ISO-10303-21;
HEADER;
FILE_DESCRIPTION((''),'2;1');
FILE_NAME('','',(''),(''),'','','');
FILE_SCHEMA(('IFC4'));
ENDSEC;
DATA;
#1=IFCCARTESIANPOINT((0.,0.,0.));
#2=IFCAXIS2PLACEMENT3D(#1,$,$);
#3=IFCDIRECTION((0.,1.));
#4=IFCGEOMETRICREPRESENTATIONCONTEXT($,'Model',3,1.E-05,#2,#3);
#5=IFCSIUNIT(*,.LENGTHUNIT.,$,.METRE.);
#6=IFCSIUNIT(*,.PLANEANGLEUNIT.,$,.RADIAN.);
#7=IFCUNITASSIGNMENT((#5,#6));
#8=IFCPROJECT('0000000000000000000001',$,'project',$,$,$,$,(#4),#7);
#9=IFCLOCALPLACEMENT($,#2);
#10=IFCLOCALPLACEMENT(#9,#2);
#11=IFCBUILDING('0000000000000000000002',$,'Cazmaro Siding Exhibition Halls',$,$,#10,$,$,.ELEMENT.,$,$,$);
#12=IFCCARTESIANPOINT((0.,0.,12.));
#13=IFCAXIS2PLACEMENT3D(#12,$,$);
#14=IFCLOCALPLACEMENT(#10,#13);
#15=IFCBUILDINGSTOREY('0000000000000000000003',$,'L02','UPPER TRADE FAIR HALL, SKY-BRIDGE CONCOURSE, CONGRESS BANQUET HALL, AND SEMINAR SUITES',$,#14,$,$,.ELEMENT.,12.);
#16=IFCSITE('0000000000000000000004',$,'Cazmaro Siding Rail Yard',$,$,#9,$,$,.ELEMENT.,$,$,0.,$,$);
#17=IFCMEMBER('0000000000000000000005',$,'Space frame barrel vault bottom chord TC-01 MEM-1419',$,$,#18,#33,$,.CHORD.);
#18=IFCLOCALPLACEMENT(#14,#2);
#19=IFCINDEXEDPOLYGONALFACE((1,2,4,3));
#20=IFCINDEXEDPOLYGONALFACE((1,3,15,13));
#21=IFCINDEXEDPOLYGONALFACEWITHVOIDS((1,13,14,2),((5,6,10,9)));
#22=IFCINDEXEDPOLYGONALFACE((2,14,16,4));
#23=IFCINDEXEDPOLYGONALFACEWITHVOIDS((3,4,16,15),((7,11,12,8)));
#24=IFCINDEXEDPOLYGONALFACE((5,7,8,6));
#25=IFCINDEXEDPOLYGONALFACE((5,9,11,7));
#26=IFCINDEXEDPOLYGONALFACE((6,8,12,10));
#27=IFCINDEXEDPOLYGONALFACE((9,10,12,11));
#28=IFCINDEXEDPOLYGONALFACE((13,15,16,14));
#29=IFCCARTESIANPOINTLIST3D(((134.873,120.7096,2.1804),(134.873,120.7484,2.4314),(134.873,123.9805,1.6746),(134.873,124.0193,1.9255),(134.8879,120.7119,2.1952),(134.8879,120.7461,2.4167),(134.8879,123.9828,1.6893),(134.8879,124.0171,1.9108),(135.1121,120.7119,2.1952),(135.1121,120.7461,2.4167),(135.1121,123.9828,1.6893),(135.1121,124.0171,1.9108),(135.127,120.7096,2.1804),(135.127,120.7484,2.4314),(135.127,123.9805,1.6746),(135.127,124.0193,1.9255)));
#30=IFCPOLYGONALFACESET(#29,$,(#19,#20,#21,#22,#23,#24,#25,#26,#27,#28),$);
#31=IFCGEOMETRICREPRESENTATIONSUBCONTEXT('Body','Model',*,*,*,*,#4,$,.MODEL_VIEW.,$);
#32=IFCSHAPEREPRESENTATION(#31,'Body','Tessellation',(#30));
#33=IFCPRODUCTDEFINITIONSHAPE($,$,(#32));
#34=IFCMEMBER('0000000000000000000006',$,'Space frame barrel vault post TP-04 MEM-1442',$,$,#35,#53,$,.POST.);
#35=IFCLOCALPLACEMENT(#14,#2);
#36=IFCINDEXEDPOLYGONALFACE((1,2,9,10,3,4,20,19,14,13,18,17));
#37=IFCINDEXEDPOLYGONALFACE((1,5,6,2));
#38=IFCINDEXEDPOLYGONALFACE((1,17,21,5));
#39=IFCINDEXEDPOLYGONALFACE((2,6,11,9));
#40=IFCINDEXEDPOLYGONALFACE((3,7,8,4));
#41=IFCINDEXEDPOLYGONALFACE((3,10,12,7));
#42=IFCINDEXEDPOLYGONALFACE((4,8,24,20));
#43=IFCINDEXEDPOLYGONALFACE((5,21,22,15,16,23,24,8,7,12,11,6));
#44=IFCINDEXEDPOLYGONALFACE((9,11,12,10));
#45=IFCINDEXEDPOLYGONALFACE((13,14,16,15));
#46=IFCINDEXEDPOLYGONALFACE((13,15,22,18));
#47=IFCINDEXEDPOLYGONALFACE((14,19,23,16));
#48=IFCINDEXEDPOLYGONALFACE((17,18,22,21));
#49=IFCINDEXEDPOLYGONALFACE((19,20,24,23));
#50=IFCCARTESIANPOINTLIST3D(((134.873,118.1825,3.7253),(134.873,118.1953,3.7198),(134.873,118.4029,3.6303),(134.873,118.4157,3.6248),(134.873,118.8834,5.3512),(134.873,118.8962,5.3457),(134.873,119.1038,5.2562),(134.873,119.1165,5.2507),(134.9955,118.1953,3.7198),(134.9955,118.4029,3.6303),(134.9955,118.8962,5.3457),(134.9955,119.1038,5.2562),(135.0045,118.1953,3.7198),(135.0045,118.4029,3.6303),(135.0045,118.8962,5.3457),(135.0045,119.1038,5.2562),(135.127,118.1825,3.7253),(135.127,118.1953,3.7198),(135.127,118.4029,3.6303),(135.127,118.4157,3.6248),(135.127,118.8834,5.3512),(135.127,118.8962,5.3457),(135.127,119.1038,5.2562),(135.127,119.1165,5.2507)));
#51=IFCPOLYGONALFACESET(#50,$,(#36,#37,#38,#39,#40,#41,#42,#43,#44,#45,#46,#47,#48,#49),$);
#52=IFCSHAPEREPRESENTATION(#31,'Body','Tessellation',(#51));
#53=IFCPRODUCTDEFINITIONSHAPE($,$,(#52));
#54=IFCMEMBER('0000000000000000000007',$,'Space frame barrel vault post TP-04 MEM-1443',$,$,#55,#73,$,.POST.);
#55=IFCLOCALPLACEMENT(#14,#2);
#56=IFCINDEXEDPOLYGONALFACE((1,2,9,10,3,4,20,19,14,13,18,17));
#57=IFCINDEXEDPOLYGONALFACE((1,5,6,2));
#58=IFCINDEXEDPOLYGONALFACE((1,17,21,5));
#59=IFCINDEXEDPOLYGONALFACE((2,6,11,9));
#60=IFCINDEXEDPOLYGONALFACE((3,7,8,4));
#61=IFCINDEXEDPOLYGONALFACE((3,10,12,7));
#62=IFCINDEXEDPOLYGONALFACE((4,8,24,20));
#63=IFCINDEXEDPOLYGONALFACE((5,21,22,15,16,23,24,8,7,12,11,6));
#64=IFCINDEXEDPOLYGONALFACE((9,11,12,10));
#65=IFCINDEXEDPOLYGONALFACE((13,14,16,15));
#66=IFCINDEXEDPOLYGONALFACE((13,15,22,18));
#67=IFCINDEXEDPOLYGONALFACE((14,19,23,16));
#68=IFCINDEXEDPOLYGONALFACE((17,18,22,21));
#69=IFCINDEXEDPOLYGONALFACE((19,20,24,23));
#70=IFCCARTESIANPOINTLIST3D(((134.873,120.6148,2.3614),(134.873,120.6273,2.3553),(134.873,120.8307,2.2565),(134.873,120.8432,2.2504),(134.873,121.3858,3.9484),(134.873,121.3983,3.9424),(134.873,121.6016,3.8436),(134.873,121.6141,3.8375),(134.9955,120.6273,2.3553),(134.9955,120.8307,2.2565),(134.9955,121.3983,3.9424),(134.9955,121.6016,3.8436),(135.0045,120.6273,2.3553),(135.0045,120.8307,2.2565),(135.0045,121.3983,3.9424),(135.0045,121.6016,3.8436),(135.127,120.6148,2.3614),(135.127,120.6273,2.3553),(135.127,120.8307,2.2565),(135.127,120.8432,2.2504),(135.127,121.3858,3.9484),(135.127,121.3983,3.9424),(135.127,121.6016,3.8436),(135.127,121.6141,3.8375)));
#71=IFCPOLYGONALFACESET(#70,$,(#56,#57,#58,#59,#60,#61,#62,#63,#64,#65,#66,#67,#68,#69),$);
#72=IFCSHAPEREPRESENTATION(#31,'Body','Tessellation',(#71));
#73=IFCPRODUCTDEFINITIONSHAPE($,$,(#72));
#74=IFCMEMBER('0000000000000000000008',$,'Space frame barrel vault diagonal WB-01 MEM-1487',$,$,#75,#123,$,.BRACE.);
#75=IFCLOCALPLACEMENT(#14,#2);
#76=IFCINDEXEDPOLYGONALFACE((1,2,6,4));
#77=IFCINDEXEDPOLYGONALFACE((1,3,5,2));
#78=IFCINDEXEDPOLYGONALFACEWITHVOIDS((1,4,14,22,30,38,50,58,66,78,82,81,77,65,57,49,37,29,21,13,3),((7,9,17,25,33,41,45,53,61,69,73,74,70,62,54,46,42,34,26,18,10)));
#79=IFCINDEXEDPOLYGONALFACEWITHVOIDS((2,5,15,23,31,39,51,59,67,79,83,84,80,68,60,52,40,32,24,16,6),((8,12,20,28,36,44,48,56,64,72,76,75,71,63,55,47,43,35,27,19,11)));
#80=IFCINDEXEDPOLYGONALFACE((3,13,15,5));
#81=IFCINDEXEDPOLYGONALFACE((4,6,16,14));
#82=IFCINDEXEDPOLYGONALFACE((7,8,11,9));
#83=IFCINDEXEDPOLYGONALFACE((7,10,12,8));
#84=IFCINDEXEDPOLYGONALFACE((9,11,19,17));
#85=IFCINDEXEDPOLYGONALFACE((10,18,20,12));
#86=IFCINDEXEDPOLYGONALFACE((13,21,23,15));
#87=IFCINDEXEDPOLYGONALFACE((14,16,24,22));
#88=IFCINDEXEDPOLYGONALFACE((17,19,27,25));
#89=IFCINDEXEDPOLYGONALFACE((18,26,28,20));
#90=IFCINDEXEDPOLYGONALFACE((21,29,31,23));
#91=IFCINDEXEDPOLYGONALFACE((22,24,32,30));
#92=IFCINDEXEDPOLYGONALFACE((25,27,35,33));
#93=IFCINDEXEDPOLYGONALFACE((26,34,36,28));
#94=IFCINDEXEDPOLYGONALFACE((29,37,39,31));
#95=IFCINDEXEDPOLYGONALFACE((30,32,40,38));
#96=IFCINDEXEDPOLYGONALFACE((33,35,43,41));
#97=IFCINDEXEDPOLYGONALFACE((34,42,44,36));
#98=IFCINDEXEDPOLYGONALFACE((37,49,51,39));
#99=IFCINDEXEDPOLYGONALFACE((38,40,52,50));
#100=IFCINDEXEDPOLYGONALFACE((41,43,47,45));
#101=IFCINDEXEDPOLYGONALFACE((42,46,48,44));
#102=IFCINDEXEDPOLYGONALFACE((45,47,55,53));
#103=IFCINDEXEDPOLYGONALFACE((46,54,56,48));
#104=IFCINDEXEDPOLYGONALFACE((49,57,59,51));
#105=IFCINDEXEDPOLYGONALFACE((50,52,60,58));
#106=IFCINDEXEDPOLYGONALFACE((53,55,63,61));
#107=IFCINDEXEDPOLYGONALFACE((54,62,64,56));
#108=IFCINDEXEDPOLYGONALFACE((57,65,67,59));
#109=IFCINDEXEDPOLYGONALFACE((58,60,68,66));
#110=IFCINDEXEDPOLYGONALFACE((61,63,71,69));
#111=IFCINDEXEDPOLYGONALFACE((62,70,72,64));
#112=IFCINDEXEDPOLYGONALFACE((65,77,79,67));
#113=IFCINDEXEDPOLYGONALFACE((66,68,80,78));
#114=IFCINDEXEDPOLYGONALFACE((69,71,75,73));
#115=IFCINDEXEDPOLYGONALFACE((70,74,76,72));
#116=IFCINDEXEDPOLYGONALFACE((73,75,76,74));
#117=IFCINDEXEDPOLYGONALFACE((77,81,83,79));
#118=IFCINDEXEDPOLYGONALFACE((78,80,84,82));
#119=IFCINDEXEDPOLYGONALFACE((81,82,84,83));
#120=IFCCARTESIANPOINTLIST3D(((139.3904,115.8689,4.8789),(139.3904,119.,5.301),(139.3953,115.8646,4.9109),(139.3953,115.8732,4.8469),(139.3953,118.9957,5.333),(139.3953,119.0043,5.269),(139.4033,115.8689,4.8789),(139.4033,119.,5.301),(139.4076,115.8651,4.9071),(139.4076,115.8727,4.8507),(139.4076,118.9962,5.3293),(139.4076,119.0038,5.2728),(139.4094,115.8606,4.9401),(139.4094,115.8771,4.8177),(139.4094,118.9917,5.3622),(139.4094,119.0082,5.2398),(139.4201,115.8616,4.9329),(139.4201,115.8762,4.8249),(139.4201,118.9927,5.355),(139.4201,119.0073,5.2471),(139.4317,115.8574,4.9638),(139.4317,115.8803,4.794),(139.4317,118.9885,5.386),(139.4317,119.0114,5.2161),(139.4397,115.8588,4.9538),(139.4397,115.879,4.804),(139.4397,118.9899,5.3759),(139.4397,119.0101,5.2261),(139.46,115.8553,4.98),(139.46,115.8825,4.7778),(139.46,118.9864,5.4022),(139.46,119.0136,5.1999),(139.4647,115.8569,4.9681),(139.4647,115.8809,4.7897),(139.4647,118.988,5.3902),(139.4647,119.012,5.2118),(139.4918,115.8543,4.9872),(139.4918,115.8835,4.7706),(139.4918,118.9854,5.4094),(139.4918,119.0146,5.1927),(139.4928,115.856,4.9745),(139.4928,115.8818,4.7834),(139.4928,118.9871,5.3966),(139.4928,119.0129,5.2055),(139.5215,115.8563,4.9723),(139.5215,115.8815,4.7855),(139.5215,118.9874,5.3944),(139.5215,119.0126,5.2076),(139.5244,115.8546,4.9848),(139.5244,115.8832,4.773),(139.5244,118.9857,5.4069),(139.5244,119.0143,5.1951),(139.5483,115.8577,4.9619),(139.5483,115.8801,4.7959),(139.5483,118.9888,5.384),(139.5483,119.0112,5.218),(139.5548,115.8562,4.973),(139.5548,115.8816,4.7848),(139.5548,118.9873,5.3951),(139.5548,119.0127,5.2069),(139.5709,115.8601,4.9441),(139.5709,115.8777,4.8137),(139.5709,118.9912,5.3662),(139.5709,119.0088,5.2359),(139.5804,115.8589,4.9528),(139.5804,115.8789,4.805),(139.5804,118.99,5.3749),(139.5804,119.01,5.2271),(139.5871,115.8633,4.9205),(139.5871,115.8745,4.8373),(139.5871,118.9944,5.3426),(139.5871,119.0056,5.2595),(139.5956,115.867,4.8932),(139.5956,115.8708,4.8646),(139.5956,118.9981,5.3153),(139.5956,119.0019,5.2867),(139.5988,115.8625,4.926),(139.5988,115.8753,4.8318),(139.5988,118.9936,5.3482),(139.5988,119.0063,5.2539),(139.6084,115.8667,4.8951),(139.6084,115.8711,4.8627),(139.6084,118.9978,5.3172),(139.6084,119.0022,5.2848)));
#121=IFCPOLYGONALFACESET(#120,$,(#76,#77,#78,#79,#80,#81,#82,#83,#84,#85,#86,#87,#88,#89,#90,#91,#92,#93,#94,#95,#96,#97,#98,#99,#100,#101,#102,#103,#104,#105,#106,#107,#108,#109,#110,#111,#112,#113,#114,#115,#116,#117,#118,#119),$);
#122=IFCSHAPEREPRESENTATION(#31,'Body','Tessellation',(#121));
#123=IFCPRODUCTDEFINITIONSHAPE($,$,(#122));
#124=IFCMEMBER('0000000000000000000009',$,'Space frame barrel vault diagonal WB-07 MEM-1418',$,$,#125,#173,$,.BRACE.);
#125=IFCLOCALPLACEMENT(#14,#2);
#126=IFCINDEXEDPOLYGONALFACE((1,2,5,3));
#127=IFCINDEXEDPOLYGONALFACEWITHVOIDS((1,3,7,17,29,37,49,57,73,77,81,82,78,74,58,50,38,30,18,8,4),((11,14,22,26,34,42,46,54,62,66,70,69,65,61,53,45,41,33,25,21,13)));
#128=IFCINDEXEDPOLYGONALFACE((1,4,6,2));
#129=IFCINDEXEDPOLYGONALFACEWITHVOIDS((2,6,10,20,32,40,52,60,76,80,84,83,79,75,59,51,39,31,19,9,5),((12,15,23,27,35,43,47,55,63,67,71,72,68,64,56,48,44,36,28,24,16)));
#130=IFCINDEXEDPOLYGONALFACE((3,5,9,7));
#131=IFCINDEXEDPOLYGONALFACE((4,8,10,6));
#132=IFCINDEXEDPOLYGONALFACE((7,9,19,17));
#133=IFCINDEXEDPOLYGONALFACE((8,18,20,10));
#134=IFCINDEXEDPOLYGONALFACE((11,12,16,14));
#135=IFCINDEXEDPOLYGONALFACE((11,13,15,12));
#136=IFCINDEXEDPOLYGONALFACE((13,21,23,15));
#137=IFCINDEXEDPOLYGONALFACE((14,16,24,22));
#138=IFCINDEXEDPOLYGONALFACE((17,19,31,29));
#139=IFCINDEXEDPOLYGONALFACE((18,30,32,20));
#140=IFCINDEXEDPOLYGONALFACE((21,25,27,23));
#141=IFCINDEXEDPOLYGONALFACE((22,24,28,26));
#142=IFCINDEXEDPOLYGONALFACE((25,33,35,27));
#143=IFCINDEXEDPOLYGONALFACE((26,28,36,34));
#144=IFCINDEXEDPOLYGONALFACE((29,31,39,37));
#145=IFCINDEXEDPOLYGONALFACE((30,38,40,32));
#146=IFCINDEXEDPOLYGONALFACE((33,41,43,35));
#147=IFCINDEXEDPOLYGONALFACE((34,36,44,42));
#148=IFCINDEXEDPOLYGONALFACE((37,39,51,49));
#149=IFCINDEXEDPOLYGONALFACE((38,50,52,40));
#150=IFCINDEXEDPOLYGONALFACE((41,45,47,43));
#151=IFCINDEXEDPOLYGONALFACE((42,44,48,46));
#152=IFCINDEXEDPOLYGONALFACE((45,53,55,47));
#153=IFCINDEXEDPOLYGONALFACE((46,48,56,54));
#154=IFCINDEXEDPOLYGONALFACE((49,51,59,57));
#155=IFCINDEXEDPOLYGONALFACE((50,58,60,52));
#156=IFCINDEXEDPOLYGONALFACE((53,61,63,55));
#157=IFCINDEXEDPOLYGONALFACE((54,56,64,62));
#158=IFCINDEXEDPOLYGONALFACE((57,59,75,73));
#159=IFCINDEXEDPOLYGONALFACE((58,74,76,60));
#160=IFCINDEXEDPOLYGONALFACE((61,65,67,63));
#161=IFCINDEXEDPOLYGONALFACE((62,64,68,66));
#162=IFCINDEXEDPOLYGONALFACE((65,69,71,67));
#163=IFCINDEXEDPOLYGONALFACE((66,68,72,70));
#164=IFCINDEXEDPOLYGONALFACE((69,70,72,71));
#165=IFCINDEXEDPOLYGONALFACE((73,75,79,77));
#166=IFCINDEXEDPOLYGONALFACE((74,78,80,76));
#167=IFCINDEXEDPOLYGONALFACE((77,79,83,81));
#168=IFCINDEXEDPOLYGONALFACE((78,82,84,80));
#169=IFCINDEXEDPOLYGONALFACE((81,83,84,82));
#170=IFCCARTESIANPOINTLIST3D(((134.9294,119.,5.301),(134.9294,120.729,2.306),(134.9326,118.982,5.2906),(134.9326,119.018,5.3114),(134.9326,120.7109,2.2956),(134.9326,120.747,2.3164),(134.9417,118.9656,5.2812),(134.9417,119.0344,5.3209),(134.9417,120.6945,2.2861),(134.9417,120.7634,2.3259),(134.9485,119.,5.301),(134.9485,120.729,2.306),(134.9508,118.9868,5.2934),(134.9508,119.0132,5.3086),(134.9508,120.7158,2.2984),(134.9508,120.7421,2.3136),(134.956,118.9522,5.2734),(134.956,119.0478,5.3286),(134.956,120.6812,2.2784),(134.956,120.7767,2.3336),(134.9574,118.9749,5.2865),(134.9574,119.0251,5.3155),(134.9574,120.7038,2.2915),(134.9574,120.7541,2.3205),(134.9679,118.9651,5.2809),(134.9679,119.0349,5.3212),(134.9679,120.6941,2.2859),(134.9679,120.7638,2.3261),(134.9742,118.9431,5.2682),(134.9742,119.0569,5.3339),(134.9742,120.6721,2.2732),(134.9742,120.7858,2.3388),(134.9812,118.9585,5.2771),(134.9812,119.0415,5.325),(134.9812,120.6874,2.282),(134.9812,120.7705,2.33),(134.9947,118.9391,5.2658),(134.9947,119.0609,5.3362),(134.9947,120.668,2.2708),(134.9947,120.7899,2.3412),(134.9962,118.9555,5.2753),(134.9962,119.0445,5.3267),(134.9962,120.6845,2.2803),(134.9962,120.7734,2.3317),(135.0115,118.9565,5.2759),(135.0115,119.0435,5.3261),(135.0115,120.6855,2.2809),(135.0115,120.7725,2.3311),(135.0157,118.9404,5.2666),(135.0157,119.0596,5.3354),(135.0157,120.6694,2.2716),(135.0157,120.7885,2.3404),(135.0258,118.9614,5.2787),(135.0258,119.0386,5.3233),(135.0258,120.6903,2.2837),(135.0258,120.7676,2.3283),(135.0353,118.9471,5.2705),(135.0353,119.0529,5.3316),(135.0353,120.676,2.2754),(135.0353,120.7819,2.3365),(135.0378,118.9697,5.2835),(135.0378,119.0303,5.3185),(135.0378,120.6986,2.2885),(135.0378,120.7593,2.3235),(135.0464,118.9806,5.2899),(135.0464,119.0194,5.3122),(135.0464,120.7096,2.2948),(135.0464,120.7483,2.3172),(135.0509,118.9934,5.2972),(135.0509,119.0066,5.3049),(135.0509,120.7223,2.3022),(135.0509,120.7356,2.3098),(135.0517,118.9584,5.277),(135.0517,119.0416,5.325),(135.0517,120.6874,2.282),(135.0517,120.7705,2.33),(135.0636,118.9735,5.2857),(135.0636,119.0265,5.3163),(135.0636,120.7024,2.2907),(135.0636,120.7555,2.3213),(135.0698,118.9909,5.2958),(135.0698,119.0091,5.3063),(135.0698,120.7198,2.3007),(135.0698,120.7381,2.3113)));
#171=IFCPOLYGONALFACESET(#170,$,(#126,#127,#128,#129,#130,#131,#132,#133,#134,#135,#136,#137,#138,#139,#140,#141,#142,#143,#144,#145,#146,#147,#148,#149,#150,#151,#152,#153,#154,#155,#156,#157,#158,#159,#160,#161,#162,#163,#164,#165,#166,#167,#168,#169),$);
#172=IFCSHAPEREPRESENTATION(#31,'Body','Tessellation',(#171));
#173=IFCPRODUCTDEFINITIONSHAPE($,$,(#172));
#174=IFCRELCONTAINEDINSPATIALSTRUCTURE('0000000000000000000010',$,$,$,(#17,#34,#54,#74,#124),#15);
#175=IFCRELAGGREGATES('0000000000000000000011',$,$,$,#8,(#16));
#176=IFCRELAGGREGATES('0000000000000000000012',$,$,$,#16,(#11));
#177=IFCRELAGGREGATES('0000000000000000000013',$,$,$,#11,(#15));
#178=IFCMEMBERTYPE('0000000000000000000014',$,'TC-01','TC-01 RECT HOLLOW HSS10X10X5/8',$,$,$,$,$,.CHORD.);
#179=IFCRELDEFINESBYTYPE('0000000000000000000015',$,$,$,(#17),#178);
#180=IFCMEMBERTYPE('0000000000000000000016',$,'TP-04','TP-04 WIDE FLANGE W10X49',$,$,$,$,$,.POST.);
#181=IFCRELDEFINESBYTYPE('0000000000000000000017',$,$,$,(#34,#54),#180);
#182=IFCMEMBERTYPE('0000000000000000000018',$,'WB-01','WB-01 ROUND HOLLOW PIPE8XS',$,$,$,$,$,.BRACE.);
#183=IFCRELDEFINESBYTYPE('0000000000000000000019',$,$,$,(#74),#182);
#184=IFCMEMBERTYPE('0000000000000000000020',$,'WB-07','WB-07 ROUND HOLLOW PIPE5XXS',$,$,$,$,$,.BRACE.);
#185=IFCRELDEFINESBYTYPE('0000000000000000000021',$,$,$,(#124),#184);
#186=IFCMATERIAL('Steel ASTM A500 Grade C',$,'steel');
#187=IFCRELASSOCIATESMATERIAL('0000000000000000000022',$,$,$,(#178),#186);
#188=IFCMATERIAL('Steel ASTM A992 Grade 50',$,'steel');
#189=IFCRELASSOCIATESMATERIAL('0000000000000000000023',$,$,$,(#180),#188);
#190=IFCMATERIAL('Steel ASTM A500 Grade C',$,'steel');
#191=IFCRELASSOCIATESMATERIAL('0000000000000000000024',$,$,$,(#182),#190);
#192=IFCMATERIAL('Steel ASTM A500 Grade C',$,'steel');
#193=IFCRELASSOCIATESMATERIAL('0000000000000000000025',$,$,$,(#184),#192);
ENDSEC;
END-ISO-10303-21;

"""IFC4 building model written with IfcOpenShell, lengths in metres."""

from ifc_helpers import new_model, si_unit, direction, frame, origin, origin_2d, place, context, subcontext, project, spatial, hollow_rectangle, hollow_circle, i_section, extrude, material, material_profile, profile_set, type_object, element, save


model = new_model("IFC4")

# Units and contexts
model_context = context("Model", 3, precision=1e-05, world=origin(), true_north=direction((0.0, 1.0)))
body_context = subcontext(model_context, "Body", "Model", "MODEL_VIEW")
ifc_project = project(units=[si_unit("LENGTHUNIT", "METRE"), si_unit("PLANEANGLEUNIT", "RADIAN")], contexts=[model_context])

# Site, building, storey
site_placement = place(None, origin())
site = spatial("IfcSite", under=ifc_project, at=site_placement, Name="Cazmaro Siding Rail Yard", CompositionType="ELEMENT", RefElevation=0.0)
building_placement = place(site_placement, origin())
building = spatial("IfcBuilding", under=site, at=building_placement, Name="Cazmaro Siding Exhibition Halls", CompositionType="ELEMENT")
storey_placement = place(building_placement, frame((0.0, 0.0, 12.0)))
storey = spatial("IfcBuildingStorey", under=building, at=storey_placement, Name="L02", Description="UPPER TRADE FAIR HALL, SKY-BRIDGE CONCOURSE, CONGRESS BANQUET HALL, AND SEMINAR SUITES", CompositionType="ELEMENT", Elevation=12.0)

# Members
ifc_material_1 = material(Name="Steel ASTM A500 Grade C", Category="steel")
ifc_material_profile_1 = material_profile(ifc_material_1, hollow_rectangle(XDim=0.2539, YDim=0.2539, WallThickness=0.0149, at=origin_2d()), Name="HSS10X10X5/8")
ifc_profile_set_1 = profile_set([ifc_material_profile_1], Name="Steel ASTM A500 Grade C")
member_type_1 = type_object("IfcMemberType", Name="TC-01", Description="TC-01 RECT HOLLOW HSS10X10X5/8", PredefinedType="CHORD", material=ifc_profile_set_1)
member_1_placement = place(storey_placement, frame((135.0, 120.729, 2.3059), z_axis=(0.0, 0.988252, -0.152833), x_axis=(-1.0, 0.0, 0.0)))
element("IfcMember", 1, at=member_1_placement, inside=storey, type_object=member_type_1, Name="Space frame barrel vault bottom chord TC-01 MEM-1419", PredefinedType="CHORD", context=body_context, shape_type="SweptSolid", body=[
    extrude(hollow_rectangle(XDim=0.2539, YDim=0.2539, WallThickness=0.0149, at=origin_2d()), origin(), (0.0, 0.0, 1.0), 3.3098),
])
ifc_material_2 = material(Name="Steel ASTM A992 Grade 50", Category="steel")
ifc_material_profile_2 = material_profile(ifc_material_2, i_section(OverallWidth=0.2539, OverallDepth=0.2539, WebThickness=0.009, FlangeThickness=0.0139, at=origin_2d()), Name="W10X49")
ifc_profile_set_2 = profile_set([ifc_material_profile_2], Name="Steel ASTM A992 Grade 50")
member_type_2 = type_object("IfcMemberType", Name="TP-04", Description="TP-04 WIDE FLANGE W10X49", PredefinedType="POST", material=ifc_profile_set_2)
member_2_placement = place(storey_placement, frame((135.0, 118.2991, 3.675), z_axis=(0.0, 0.395865, 0.918309), x_axis=(-1.0, 0.0, 0.0)))
element("IfcMember", 2, at=member_2_placement, inside=storey, type_object=member_type_2, Name="Space frame barrel vault post TP-04 MEM-1442", PredefinedType="POST", context=body_context, shape_type="SweptSolid", body=[
    extrude(i_section(OverallWidth=0.2539, OverallDepth=0.2539, WebThickness=0.009, FlangeThickness=0.0139, at=origin_2d()), origin(), (0.0, 0.0, 1.0), 1.7705),
])
member_3_placement = place(storey_placement, frame((135.0, 120.729, 2.3059), z_axis=(0.0, 0.436946, 0.899488), x_axis=(-1.0, 0.0, 0.0)))
element("IfcMember", 3, at=member_3_placement, inside=storey, type_object=member_type_2, Name="Space frame barrel vault post TP-04 MEM-1443", PredefinedType="POST", context=body_context, shape_type="SweptSolid", body=[
    extrude(i_section(OverallWidth=0.2539, OverallDepth=0.2539, WebThickness=0.009, FlangeThickness=0.0139, at=origin_2d()), origin(), (0.0, 0.0, 1.0), 1.7644),
])
ifc_material_3 = material(Name="Steel ASTM A500 Grade C", Category="steel")
ifc_material_profile_3 = material_profile(ifc_material_3, hollow_circle(Radius=0.1096, WallThickness=0.0129, at=origin_2d()), Name="PIPE8XS")
ifc_profile_set_3 = profile_set([ifc_material_profile_3], Name="Steel ASTM A500 Grade C")
member_type_3 = type_object("IfcMemberType", Name="WB-01", Description="WB-01 ROUND HOLLOW PIPE8XS", PredefinedType="BRACE", material=ifc_profile_set_3)
member_4_placement = place(storey_placement, frame((139.5, 115.8689, 4.8789), z_axis=(0.0, 0.991035, 0.133606), x_axis=(-1.0, 0.0, 0.0)))
element("IfcMember", 4, at=member_4_placement, inside=storey, type_object=member_type_3, Name="Space frame barrel vault diagonal WB-01 MEM-1487", PredefinedType="BRACE", context=body_context, shape_type="SweptSolid", body=[
    extrude(hollow_circle(Radius=0.1096, WallThickness=0.0129, at=origin_2d()), origin(), (0.0, 0.0, 1.0), 3.1594),
])
ifc_material_4 = material(Name="Steel ASTM A500 Grade C", Category="steel")
ifc_material_profile_4 = material_profile(ifc_material_4, hollow_circle(Radius=0.0706, WallThickness=0.019, at=origin_2d()), Name="PIPE5XXS")
ifc_profile_set_4 = profile_set([ifc_material_profile_4], Name="Steel ASTM A500 Grade C")
member_type_4 = type_object("IfcMemberType", Name="WB-07", Description="WB-07 ROUND HOLLOW PIPE5XXS", PredefinedType="BRACE", material=ifc_profile_set_4)
member_5_placement = place(storey_placement, frame((135.0, 119.0, 5.301), z_axis=(0.0, 0.499951, -0.866054), x_axis=(-1.0, 0.0, 0.0)))
element("IfcMember", 5, at=member_5_placement, inside=storey, type_object=member_type_4, Name="Space frame barrel vault diagonal WB-07 MEM-1418", PredefinedType="BRACE", context=body_context, shape_type="SweptSolid", body=[
    extrude(hollow_circle(Radius=0.0706, WallThickness=0.019, at=origin_2d()), origin(), (0.0, 0.0, 1.0), 3.4583),
])

save(model, "model.ifc")
